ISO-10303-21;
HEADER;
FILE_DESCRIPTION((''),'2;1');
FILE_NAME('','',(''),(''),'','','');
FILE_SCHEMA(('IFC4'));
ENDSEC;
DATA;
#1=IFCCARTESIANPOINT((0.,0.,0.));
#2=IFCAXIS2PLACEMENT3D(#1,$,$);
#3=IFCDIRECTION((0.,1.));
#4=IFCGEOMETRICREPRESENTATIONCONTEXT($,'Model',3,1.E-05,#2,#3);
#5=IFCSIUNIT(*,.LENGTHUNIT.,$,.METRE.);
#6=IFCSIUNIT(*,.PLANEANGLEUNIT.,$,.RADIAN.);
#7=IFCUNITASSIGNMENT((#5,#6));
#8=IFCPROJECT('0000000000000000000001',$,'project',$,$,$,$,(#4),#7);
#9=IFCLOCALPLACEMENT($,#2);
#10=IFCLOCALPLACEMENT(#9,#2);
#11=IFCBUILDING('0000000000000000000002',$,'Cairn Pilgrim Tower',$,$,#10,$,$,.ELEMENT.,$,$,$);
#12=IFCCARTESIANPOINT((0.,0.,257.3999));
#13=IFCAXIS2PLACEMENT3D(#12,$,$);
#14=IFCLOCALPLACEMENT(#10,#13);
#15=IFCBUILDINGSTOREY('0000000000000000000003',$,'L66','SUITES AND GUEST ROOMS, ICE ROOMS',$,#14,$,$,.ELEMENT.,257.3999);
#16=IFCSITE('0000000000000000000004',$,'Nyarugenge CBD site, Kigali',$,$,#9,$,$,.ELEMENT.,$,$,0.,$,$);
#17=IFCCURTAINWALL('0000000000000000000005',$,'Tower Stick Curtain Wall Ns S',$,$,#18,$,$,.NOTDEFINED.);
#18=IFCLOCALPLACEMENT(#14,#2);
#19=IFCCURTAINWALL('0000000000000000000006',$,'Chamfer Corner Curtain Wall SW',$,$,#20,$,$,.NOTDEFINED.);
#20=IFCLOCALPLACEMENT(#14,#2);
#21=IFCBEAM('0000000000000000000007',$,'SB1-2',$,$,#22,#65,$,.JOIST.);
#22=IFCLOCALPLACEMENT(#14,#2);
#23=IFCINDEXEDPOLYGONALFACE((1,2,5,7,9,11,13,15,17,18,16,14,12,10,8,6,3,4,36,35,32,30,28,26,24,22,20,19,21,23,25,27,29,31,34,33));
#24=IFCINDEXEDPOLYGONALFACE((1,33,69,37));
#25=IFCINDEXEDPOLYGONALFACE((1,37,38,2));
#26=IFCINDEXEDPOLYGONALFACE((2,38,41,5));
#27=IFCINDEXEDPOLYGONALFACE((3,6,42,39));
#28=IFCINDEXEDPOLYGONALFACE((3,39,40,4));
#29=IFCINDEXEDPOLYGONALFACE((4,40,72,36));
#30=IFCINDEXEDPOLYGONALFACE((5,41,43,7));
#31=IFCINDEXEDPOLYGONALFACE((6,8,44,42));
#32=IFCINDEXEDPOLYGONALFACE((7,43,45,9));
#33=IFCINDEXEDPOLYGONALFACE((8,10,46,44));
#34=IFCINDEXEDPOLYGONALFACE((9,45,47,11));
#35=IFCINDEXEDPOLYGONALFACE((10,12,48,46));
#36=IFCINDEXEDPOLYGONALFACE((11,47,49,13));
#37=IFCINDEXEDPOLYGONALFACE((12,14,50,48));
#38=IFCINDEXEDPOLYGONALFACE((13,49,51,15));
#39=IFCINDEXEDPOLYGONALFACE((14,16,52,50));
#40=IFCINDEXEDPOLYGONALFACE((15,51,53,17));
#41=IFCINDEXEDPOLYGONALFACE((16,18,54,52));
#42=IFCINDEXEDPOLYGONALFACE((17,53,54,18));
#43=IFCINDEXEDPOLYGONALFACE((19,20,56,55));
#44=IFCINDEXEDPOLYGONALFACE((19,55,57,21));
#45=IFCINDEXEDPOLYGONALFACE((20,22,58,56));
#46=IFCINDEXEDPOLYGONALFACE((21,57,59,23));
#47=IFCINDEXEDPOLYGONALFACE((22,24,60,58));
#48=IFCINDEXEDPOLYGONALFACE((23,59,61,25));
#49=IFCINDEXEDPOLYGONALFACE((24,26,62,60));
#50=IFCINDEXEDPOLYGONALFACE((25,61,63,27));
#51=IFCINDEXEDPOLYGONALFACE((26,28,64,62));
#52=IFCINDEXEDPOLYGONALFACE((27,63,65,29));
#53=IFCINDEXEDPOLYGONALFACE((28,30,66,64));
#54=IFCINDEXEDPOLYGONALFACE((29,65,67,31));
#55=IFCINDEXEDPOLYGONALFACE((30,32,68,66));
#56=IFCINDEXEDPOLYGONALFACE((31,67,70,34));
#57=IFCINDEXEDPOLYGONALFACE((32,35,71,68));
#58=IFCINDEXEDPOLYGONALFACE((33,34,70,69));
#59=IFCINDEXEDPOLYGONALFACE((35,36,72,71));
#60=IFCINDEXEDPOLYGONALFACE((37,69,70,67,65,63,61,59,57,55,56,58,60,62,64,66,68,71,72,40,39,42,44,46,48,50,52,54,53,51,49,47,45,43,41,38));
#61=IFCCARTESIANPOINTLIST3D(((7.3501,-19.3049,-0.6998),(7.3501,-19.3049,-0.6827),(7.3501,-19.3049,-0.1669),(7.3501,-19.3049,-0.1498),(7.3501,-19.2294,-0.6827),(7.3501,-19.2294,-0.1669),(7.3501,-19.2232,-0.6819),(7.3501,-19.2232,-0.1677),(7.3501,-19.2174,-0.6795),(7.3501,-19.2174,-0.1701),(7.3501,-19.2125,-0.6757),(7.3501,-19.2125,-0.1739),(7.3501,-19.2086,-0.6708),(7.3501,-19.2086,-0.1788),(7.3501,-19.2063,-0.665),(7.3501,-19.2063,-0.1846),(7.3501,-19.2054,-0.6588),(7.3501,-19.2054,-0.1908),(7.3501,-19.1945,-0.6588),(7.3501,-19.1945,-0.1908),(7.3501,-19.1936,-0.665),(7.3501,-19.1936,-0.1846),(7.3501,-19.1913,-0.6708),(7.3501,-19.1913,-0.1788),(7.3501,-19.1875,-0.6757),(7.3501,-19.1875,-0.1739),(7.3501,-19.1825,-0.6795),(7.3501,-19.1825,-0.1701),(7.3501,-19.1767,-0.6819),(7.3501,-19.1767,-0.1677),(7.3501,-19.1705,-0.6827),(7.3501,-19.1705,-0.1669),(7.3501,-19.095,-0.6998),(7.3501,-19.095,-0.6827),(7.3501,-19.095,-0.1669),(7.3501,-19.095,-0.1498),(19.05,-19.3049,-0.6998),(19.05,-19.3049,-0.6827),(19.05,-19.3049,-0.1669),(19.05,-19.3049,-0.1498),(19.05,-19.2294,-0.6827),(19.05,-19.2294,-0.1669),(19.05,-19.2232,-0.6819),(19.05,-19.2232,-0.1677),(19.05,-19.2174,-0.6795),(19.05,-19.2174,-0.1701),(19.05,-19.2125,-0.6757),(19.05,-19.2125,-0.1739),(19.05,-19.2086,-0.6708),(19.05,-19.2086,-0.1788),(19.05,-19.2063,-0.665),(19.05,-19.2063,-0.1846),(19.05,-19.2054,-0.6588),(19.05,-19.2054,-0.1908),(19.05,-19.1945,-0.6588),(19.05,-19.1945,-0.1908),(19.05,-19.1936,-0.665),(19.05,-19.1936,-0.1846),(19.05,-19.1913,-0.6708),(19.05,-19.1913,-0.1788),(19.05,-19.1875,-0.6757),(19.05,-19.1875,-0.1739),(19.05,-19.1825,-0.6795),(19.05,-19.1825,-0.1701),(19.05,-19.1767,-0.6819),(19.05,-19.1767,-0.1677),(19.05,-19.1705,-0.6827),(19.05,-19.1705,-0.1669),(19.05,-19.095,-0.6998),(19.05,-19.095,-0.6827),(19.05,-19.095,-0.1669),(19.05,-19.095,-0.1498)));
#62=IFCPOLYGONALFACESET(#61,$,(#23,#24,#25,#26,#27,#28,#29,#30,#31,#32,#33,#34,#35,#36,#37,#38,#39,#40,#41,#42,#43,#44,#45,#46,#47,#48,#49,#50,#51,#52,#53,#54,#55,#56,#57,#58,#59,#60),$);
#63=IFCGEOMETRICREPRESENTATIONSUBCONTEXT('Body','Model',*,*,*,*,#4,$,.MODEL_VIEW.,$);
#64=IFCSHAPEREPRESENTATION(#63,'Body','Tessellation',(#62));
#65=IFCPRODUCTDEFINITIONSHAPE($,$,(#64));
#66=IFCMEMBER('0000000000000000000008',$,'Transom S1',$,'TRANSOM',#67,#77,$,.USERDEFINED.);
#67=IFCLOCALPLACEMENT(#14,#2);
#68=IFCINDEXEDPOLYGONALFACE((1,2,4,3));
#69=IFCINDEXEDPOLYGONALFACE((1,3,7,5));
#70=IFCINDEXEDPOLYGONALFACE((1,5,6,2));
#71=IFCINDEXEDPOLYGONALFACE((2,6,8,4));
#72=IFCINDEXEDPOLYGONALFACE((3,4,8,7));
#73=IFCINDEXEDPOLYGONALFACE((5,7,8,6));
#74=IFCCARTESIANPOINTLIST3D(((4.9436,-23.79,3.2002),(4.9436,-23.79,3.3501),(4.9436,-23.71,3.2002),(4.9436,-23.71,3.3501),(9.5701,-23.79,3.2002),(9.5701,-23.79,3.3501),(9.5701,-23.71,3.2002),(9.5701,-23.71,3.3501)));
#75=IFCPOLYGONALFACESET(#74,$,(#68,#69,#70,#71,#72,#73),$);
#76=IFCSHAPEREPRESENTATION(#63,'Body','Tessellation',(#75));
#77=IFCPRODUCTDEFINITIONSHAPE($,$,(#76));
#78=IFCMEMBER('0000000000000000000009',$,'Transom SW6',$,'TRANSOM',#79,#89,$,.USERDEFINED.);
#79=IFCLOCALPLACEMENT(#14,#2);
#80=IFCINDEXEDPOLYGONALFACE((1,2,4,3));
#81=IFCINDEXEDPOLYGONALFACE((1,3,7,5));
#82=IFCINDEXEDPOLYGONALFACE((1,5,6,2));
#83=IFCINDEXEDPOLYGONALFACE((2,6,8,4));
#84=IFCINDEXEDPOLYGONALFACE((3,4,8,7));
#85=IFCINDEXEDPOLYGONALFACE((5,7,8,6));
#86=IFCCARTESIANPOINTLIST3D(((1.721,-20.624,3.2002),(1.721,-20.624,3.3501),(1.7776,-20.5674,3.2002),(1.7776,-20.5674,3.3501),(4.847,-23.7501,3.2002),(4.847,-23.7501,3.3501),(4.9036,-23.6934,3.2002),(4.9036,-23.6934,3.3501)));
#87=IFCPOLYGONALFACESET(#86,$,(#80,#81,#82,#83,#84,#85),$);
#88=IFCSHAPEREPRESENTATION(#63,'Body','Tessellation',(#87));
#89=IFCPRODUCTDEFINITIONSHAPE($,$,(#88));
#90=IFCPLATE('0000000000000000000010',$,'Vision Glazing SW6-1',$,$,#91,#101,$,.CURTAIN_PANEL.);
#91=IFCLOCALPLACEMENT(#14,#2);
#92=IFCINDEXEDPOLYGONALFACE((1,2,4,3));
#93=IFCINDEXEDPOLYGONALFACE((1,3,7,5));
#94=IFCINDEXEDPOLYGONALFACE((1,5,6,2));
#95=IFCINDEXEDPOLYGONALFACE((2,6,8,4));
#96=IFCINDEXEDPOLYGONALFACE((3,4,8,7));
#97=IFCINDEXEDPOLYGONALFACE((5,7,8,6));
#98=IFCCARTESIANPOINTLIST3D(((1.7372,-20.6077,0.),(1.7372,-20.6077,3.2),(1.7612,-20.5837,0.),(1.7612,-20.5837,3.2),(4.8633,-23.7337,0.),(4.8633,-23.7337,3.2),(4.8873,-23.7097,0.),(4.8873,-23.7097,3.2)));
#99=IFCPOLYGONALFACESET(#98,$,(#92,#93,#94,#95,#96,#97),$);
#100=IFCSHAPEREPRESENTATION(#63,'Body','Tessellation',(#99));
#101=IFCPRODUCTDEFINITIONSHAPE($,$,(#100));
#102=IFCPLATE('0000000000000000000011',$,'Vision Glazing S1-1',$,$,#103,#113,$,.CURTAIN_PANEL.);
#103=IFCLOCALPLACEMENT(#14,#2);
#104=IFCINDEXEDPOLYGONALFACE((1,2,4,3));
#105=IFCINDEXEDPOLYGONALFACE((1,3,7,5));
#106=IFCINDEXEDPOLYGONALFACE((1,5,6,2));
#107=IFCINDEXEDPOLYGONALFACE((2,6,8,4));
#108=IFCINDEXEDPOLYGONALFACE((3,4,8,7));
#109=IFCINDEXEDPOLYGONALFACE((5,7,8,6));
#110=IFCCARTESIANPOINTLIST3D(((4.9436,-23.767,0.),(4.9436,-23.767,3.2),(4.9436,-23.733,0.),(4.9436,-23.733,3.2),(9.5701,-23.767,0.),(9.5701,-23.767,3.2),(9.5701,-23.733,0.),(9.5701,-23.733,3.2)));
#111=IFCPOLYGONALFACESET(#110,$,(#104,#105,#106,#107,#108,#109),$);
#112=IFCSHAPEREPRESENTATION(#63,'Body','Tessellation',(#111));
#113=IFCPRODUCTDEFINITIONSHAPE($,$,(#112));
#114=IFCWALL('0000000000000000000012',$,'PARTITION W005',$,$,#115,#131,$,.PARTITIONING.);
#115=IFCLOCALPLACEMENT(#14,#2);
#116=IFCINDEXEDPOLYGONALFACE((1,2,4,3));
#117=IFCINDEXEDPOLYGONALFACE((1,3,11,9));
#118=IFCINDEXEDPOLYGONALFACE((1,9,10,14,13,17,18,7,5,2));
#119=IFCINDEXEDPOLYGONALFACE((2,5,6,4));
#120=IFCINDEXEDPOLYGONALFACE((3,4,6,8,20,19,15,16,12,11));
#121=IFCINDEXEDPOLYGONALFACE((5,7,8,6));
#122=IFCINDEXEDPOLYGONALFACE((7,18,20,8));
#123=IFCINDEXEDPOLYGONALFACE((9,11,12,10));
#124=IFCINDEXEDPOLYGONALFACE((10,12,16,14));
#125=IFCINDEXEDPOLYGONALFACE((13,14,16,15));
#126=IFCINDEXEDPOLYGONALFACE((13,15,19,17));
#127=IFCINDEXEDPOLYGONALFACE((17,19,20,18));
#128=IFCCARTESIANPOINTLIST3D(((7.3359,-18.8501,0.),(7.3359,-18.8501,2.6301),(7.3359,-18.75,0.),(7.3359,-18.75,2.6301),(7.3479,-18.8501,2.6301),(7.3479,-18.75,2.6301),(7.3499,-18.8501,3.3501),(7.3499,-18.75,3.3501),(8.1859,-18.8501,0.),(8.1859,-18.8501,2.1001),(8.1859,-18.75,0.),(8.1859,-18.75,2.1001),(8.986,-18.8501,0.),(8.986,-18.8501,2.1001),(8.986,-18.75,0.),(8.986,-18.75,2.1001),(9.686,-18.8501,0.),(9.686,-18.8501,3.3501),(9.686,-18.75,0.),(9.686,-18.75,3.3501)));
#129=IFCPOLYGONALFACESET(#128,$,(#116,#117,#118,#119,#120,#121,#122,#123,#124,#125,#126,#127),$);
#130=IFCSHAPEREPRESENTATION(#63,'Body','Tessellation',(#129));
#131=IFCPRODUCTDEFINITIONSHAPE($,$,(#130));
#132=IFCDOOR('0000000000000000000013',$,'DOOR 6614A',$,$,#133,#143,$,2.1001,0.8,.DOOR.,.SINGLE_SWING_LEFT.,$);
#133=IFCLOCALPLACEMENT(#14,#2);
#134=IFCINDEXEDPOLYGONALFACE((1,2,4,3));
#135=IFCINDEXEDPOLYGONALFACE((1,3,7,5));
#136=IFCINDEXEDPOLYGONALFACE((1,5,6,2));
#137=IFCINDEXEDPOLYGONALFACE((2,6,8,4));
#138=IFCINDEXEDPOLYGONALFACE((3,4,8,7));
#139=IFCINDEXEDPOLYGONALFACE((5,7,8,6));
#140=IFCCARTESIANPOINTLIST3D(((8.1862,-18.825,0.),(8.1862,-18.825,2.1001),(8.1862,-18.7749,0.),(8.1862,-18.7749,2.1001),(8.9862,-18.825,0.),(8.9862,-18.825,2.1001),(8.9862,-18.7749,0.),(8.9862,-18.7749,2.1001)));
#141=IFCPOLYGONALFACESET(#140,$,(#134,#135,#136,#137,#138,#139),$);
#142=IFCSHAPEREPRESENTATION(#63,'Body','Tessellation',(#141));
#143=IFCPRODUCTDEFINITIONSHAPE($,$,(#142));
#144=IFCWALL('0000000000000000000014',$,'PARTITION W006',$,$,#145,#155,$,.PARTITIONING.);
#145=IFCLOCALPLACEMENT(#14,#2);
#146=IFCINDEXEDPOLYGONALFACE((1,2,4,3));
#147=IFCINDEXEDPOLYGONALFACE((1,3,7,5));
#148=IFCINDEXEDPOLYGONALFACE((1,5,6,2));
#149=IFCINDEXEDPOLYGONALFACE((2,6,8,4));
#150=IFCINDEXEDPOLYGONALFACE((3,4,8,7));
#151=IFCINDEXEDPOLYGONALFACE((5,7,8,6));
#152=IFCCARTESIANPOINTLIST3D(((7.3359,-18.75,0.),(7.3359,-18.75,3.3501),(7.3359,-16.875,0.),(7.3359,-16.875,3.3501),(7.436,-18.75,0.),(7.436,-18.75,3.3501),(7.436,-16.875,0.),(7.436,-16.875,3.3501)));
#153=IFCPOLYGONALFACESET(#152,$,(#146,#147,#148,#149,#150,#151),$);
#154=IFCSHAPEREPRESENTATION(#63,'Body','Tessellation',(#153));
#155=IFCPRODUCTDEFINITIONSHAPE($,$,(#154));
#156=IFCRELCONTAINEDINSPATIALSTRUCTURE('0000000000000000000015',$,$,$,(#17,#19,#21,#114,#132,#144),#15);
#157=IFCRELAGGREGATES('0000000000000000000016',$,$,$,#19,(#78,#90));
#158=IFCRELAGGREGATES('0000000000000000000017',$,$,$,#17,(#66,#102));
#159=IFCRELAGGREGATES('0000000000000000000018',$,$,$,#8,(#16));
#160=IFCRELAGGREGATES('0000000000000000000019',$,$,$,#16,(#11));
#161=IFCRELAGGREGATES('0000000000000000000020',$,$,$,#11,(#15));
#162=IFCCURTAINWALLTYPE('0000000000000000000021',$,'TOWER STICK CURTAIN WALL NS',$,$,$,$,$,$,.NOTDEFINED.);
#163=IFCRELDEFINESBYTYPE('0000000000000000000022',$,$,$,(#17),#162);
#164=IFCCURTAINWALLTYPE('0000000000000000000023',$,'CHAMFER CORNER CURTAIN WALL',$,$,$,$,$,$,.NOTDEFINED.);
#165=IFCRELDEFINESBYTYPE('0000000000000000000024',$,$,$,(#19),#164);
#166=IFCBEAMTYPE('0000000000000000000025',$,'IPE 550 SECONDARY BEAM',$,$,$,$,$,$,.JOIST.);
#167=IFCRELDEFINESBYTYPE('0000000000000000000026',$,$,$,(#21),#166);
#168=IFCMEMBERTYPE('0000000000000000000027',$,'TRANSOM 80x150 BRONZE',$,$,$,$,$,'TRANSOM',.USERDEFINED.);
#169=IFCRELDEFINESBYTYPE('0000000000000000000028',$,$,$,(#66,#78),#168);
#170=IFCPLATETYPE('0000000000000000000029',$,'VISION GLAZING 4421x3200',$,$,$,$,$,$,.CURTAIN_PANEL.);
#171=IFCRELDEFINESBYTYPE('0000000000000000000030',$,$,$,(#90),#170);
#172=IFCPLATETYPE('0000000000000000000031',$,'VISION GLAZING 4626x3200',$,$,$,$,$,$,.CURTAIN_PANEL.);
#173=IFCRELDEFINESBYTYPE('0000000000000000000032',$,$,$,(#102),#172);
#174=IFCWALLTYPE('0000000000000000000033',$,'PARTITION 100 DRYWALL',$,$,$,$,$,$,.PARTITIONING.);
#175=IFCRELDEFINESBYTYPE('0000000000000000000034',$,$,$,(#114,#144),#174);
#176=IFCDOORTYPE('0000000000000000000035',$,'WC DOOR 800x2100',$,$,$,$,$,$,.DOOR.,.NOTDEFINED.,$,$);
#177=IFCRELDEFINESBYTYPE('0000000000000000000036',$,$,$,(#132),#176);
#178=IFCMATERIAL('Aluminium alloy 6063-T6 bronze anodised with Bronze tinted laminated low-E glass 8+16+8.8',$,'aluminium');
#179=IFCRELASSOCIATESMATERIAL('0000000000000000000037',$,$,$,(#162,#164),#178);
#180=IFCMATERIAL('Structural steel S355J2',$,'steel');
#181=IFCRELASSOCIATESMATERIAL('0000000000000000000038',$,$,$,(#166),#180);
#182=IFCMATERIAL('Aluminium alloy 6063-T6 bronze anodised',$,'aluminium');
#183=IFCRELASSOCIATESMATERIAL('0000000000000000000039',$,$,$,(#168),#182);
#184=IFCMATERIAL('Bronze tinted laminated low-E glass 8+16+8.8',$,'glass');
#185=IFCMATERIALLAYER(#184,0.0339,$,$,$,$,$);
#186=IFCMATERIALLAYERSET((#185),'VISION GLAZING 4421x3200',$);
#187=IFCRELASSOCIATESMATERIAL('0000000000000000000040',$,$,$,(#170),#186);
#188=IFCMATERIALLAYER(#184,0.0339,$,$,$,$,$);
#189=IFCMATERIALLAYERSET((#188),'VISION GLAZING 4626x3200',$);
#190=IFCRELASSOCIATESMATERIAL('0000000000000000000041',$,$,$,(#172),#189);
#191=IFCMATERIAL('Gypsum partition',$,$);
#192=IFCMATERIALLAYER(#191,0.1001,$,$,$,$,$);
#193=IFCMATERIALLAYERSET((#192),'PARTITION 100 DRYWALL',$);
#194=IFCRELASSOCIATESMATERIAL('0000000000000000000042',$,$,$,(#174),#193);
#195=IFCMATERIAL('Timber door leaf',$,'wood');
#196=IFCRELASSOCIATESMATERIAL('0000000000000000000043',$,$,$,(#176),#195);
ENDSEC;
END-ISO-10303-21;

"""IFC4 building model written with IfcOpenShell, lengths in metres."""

from ifc_helpers import new_model, si_unit, direction, frame, frame_2d, origin, origin_2d, place, context, subcontext, project, spatial, polyline, rectangle, i_section, outline, extrude, material, layer, layer_set, material_profile, profile_set, type_object, element, fill, aggregate, save


model = new_model("IFC4")

# Units and contexts
model_context = context("Model", 3, precision=1e-05, world=origin(), true_north=direction((0.0, 1.0)))
body_context = subcontext(model_context, "Body", "Model", "MODEL_VIEW")
ifc_project = project(units=[si_unit("LENGTHUNIT", "METRE"), si_unit("PLANEANGLEUNIT", "RADIAN")], contexts=[model_context])

# Site, building, storey
site_placement = place(None, origin())
site = spatial("IfcSite", under=ifc_project, at=site_placement, Name="Nyarugenge CBD site, Kigali", CompositionType="ELEMENT", RefElevation=0.0)
building_placement = place(site_placement, origin())
building = spatial("IfcBuilding", under=site, at=building_placement, Name="Cairn Pilgrim Tower", CompositionType="ELEMENT")
storey_placement = place(building_placement, frame((0.0, 0.0, 257.3999)))
storey = spatial("IfcBuildingStorey", under=building, at=storey_placement, Name="L66", Description="SUITES AND GUEST ROOMS, ICE ROOMS", CompositionType="ELEMENT", Elevation=257.3999)

# Curtain wall
ifc_material_1 = material(Name="Aluminium alloy 6063-T6 bronze anodised with Bronze tinted laminated low-E glass 8+16+8.8", Category="aluminium")
curtain_wall_type_1 = type_object("IfcCurtainWallType", Name="TOWER STICK CURTAIN WALL NS", PredefinedType="NOTDEFINED", material=ifc_material_1)
curtain_wall_1_placement = place(storey_placement, origin())
curtain_wall_1 = element("IfcCurtainWall", 1, at=curtain_wall_1_placement, inside=storey, type_object=curtain_wall_type_1, Name="Tower Stick Curtain Wall Ns S", PredefinedType="NOTDEFINED")
ifc_material_2 = material(Name="Aluminium alloy 6063-T6 bronze anodised", Category="aluminium")

# Curtain wall
curtain_wall_type_2 = type_object("IfcCurtainWallType", Name="CHAMFER CORNER CURTAIN WALL", PredefinedType="NOTDEFINED", material=ifc_material_1)
curtain_wall_2_placement = place(storey_placement, origin())
curtain_wall_2 = element("IfcCurtainWall", 2, at=curtain_wall_2_placement, inside=storey, type_object=curtain_wall_type_2, Name="Chamfer Corner Curtain Wall SW", PredefinedType="NOTDEFINED")

# Beam
ifc_material_3 = material(Name="Structural steel S355J2", Category="steel")
ifc_material_profile_1 = material_profile(ifc_material_3, i_section(OverallWidth=0.21, OverallDepth=0.55, WebThickness=0.011, FlangeThickness=0.0171, FilletRadius=0.0239, at=origin_2d()), Name="IPE 550")
ifc_profile_set_1 = profile_set([ifc_material_profile_1], Name="Structural steel S355J2")
beam_type_1 = type_object("IfcBeamType", Name="IPE 550 SECONDARY BEAM", PredefinedType="JOIST", material=ifc_profile_set_1)
beam_1_placement = place(storey_placement, frame((7.3501, -19.2, -0.4248), z_axis=(1.0, 0.0, 0.0), x_axis=(0.0, 1.0, 0.0)))
element("IfcBeam", 3, at=beam_1_placement, inside=storey, type_object=beam_type_1, Name="SB1-2", PredefinedType="JOIST", context=body_context, shape_type="SweptSolid", body=[
    extrude(i_section(OverallWidth=0.21, OverallDepth=0.55, WebThickness=0.011, FlangeThickness=0.0171, FilletRadius=0.0239, at=origin_2d()), origin(), (0.0, 0.0, 1.0), 11.7),
])

# Members
ifc_material_profile_2 = material_profile(ifc_material_2, rectangle(XDim=0.0801, YDim=0.1499, at=origin_2d()), Name="TRANSOM 80x150 BRONZE")
ifc_profile_set_2 = profile_set([ifc_material_profile_2], Name="Aluminium alloy 6063-T6 bronze anodised")
member_type_1 = type_object("IfcMemberType", Name="TRANSOM 80x150 BRONZE", ElementType="TRANSOM", PredefinedType="USERDEFINED", material=ifc_profile_set_2)
member_1_placement = place(storey_placement, frame((4.9436, -23.75, 3.2751), z_axis=(1.0, 0.0, 0.0), x_axis=(0.0, 1.0, 0.0)))
member_1 = element("IfcMember", 4, at=member_1_placement, type_object=member_type_1, Name="Transom S1", ObjectType="TRANSOM", PredefinedType="USERDEFINED", context=body_context, shape_type="SweptSolid", body=[
    extrude(rectangle(XDim=0.0801, YDim=0.1499, at=origin_2d()), origin(), (0.0, 0.0, 1.0), 4.6265),
])
member_2_placement = place(storey_placement, frame((1.7493, -20.5957, 3.2751), z_axis=(0.707107, -0.707107, 0.0), x_axis=(0.707107, 0.707107, 0.0)))
member_2 = element("IfcMember", 5, at=member_2_placement, type_object=member_type_1, Name="Transom SW6", ObjectType="TRANSOM", PredefinedType="USERDEFINED", context=body_context, shape_type="SweptSolid", body=[
    extrude(rectangle(XDim=0.0801, YDim=0.1499, at=origin_2d()), origin(), (0.0, 0.0, 1.0), 4.4209),
])

# Plates
ifc_material_4 = material(Name="Bronze tinted laminated low-E glass 8+16+8.8", Category="glass")
ifc_layer_1 = layer(ifc_material_4, 0.0339)
ifc_layer_set_1 = layer_set([ifc_layer_1], Name="VISION GLAZING 4421x3200")
plate_type_1 = type_object("IfcPlateType", Name="VISION GLAZING 4421x3200", PredefinedType="CURTAIN_PANEL", material=ifc_layer_set_1)
plate_1_placement = place(storey_placement, frame((3.3123, -22.1587, 0.0), z_axis=(0.0, 0.0, 1.0), x_axis=(0.707107, -0.707107, 0.0)))
plate_1 = element("IfcPlate", 6, at=plate_1_placement, type_object=plate_type_1, Name="Vision Glazing SW6-1", PredefinedType="CURTAIN_PANEL", context=body_context, shape_type="SweptSolid", body=[
    extrude(rectangle(XDim=4.4209, YDim=0.0339, at=origin_2d()), origin(), (0.0, 0.0, 1.0), 3.2),
])
aggregate(curtain_wall_2, [member_2, plate_1])
ifc_layer_2 = layer(ifc_material_4, 0.0339)
ifc_layer_set_2 = layer_set([ifc_layer_2], Name="VISION GLAZING 4626x3200")
plate_type_2 = type_object("IfcPlateType", Name="VISION GLAZING 4626x3200", PredefinedType="CURTAIN_PANEL", material=ifc_layer_set_2)
plate_2_placement = place(storey_placement, frame((7.2568, -23.75, 0.0), z_axis=(0.0, 0.0, 1.0), x_axis=(1.0, 0.0, 0.0)))
plate_2 = element("IfcPlate", 7, at=plate_2_placement, type_object=plate_type_2, Name="Vision Glazing S1-1", PredefinedType="CURTAIN_PANEL", context=body_context, shape_type="SweptSolid", body=[
    extrude(rectangle(XDim=4.6265, YDim=0.0339, at=origin_2d()), origin(), (0.0, 0.0, 1.0), 3.2),
])
aggregate(curtain_wall_1, [member_1, plate_2])

# Wall, opening, door
ifc_material_5 = material(Name="Gypsum partition")
ifc_layer_3 = layer(ifc_material_5, 0.1001)
ifc_layer_set_3 = layer_set([ifc_layer_3], Name="PARTITION 100 DRYWALL")
wall_type_1 = type_object("IfcWallType", Name="PARTITION 100 DRYWALL", PredefinedType="PARTITIONING", material=ifc_layer_set_3)
wall_1_placement = place(storey_placement, frame((7.3359, -18.8, 0.0), z_axis=(0.0, 0.0, 1.0), x_axis=(1.0, 0.0, 0.0)))
wall_1 = element("IfcWall", 8, at=wall_1_placement, inside=storey, type_object=wall_type_1, Name="PARTITION W005", PredefinedType="PARTITIONING", context=body_context, shape_type="SweptSolid", body=[
    extrude(outline(polyline([(0.0, 0.0), (2.3501, 0.0), (2.3501, 3.3501), (0.0139, 3.3501), (0.012, 2.6301), (0.0, 2.6301), (0.0, 0.0)])), frame((0.0, 0.05, 0.0), z_axis=(0.0, -1.0, 0.0), x_axis=(1.0, 0.0, 0.0)), (0.0, 0.0, 1.0), 0.1001),
])
opening_1_placement = place(wall_1_placement, frame((0.8501, 0.0, 0.0)))
opening_1 = element("IfcOpeningElement", 9, at=opening_1_placement, cuts=wall_1, PredefinedType="OPENING", context=body_context, shape_type="SweptSolid", body=[
    extrude(rectangle(XDim=0.8, YDim=2.1001, at=frame_2d((0.3999, 1.05))), frame((0.0, 0.0601, 0.0), z_axis=(0.0, -1.0, 0.0), x_axis=(1.0, 0.0, 0.0)), (0.0, 0.0, 1.0), 0.1201),
])
ifc_material_6 = material(Name="Timber door leaf", Category="wood")
door_type_1 = type_object("IfcDoorType", Name="WC DOOR 800x2100", OperationType="NOTDEFINED", PredefinedType="DOOR", material=ifc_material_6)
door_1_placement = place(opening_1_placement, frame((0.8, 0.0, 0.0), z_axis=(0.0, 0.0, 1.0), x_axis=(-1.0, 0.0, 0.0)))
door_1 = element("IfcDoor", 10, at=door_1_placement, inside=storey, type_object=door_type_1, Name="DOOR 6614A", OperationType="SINGLE_SWING_LEFT", OverallHeight=2.1001, OverallWidth=0.8, PredefinedType="DOOR", context=body_context, shape_type="SweptSolid", body=[
    extrude(rectangle(XDim=0.8, YDim=2.1001, at=frame_2d((0.3999, 1.05))), frame((0.0, 0.0249, 0.0), z_axis=(0.0, -1.0, 0.0), x_axis=(1.0, 0.0, 0.0)), (0.0, 0.0, 1.0), 0.05),
])
fill(opening_1, door_1)

# Wall
wall_2_placement = place(storey_placement, frame((7.386, -18.75, 0.0), z_axis=(0.0, 0.0, 1.0), x_axis=(0.0, 1.0, 0.0)))
element("IfcWall", 11, at=wall_2_placement, inside=storey, type_object=wall_type_1, Name="PARTITION W006", PredefinedType="PARTITIONING", context=body_context, shape_type="SweptSolid", body=[
    extrude(rectangle(XDim=1.875, YDim=0.1001, at=frame_2d((0.9375, 0.0))), origin(), (0.0, 0.0, 1.0), 3.3501),
])

save(model, "model.ifc")
